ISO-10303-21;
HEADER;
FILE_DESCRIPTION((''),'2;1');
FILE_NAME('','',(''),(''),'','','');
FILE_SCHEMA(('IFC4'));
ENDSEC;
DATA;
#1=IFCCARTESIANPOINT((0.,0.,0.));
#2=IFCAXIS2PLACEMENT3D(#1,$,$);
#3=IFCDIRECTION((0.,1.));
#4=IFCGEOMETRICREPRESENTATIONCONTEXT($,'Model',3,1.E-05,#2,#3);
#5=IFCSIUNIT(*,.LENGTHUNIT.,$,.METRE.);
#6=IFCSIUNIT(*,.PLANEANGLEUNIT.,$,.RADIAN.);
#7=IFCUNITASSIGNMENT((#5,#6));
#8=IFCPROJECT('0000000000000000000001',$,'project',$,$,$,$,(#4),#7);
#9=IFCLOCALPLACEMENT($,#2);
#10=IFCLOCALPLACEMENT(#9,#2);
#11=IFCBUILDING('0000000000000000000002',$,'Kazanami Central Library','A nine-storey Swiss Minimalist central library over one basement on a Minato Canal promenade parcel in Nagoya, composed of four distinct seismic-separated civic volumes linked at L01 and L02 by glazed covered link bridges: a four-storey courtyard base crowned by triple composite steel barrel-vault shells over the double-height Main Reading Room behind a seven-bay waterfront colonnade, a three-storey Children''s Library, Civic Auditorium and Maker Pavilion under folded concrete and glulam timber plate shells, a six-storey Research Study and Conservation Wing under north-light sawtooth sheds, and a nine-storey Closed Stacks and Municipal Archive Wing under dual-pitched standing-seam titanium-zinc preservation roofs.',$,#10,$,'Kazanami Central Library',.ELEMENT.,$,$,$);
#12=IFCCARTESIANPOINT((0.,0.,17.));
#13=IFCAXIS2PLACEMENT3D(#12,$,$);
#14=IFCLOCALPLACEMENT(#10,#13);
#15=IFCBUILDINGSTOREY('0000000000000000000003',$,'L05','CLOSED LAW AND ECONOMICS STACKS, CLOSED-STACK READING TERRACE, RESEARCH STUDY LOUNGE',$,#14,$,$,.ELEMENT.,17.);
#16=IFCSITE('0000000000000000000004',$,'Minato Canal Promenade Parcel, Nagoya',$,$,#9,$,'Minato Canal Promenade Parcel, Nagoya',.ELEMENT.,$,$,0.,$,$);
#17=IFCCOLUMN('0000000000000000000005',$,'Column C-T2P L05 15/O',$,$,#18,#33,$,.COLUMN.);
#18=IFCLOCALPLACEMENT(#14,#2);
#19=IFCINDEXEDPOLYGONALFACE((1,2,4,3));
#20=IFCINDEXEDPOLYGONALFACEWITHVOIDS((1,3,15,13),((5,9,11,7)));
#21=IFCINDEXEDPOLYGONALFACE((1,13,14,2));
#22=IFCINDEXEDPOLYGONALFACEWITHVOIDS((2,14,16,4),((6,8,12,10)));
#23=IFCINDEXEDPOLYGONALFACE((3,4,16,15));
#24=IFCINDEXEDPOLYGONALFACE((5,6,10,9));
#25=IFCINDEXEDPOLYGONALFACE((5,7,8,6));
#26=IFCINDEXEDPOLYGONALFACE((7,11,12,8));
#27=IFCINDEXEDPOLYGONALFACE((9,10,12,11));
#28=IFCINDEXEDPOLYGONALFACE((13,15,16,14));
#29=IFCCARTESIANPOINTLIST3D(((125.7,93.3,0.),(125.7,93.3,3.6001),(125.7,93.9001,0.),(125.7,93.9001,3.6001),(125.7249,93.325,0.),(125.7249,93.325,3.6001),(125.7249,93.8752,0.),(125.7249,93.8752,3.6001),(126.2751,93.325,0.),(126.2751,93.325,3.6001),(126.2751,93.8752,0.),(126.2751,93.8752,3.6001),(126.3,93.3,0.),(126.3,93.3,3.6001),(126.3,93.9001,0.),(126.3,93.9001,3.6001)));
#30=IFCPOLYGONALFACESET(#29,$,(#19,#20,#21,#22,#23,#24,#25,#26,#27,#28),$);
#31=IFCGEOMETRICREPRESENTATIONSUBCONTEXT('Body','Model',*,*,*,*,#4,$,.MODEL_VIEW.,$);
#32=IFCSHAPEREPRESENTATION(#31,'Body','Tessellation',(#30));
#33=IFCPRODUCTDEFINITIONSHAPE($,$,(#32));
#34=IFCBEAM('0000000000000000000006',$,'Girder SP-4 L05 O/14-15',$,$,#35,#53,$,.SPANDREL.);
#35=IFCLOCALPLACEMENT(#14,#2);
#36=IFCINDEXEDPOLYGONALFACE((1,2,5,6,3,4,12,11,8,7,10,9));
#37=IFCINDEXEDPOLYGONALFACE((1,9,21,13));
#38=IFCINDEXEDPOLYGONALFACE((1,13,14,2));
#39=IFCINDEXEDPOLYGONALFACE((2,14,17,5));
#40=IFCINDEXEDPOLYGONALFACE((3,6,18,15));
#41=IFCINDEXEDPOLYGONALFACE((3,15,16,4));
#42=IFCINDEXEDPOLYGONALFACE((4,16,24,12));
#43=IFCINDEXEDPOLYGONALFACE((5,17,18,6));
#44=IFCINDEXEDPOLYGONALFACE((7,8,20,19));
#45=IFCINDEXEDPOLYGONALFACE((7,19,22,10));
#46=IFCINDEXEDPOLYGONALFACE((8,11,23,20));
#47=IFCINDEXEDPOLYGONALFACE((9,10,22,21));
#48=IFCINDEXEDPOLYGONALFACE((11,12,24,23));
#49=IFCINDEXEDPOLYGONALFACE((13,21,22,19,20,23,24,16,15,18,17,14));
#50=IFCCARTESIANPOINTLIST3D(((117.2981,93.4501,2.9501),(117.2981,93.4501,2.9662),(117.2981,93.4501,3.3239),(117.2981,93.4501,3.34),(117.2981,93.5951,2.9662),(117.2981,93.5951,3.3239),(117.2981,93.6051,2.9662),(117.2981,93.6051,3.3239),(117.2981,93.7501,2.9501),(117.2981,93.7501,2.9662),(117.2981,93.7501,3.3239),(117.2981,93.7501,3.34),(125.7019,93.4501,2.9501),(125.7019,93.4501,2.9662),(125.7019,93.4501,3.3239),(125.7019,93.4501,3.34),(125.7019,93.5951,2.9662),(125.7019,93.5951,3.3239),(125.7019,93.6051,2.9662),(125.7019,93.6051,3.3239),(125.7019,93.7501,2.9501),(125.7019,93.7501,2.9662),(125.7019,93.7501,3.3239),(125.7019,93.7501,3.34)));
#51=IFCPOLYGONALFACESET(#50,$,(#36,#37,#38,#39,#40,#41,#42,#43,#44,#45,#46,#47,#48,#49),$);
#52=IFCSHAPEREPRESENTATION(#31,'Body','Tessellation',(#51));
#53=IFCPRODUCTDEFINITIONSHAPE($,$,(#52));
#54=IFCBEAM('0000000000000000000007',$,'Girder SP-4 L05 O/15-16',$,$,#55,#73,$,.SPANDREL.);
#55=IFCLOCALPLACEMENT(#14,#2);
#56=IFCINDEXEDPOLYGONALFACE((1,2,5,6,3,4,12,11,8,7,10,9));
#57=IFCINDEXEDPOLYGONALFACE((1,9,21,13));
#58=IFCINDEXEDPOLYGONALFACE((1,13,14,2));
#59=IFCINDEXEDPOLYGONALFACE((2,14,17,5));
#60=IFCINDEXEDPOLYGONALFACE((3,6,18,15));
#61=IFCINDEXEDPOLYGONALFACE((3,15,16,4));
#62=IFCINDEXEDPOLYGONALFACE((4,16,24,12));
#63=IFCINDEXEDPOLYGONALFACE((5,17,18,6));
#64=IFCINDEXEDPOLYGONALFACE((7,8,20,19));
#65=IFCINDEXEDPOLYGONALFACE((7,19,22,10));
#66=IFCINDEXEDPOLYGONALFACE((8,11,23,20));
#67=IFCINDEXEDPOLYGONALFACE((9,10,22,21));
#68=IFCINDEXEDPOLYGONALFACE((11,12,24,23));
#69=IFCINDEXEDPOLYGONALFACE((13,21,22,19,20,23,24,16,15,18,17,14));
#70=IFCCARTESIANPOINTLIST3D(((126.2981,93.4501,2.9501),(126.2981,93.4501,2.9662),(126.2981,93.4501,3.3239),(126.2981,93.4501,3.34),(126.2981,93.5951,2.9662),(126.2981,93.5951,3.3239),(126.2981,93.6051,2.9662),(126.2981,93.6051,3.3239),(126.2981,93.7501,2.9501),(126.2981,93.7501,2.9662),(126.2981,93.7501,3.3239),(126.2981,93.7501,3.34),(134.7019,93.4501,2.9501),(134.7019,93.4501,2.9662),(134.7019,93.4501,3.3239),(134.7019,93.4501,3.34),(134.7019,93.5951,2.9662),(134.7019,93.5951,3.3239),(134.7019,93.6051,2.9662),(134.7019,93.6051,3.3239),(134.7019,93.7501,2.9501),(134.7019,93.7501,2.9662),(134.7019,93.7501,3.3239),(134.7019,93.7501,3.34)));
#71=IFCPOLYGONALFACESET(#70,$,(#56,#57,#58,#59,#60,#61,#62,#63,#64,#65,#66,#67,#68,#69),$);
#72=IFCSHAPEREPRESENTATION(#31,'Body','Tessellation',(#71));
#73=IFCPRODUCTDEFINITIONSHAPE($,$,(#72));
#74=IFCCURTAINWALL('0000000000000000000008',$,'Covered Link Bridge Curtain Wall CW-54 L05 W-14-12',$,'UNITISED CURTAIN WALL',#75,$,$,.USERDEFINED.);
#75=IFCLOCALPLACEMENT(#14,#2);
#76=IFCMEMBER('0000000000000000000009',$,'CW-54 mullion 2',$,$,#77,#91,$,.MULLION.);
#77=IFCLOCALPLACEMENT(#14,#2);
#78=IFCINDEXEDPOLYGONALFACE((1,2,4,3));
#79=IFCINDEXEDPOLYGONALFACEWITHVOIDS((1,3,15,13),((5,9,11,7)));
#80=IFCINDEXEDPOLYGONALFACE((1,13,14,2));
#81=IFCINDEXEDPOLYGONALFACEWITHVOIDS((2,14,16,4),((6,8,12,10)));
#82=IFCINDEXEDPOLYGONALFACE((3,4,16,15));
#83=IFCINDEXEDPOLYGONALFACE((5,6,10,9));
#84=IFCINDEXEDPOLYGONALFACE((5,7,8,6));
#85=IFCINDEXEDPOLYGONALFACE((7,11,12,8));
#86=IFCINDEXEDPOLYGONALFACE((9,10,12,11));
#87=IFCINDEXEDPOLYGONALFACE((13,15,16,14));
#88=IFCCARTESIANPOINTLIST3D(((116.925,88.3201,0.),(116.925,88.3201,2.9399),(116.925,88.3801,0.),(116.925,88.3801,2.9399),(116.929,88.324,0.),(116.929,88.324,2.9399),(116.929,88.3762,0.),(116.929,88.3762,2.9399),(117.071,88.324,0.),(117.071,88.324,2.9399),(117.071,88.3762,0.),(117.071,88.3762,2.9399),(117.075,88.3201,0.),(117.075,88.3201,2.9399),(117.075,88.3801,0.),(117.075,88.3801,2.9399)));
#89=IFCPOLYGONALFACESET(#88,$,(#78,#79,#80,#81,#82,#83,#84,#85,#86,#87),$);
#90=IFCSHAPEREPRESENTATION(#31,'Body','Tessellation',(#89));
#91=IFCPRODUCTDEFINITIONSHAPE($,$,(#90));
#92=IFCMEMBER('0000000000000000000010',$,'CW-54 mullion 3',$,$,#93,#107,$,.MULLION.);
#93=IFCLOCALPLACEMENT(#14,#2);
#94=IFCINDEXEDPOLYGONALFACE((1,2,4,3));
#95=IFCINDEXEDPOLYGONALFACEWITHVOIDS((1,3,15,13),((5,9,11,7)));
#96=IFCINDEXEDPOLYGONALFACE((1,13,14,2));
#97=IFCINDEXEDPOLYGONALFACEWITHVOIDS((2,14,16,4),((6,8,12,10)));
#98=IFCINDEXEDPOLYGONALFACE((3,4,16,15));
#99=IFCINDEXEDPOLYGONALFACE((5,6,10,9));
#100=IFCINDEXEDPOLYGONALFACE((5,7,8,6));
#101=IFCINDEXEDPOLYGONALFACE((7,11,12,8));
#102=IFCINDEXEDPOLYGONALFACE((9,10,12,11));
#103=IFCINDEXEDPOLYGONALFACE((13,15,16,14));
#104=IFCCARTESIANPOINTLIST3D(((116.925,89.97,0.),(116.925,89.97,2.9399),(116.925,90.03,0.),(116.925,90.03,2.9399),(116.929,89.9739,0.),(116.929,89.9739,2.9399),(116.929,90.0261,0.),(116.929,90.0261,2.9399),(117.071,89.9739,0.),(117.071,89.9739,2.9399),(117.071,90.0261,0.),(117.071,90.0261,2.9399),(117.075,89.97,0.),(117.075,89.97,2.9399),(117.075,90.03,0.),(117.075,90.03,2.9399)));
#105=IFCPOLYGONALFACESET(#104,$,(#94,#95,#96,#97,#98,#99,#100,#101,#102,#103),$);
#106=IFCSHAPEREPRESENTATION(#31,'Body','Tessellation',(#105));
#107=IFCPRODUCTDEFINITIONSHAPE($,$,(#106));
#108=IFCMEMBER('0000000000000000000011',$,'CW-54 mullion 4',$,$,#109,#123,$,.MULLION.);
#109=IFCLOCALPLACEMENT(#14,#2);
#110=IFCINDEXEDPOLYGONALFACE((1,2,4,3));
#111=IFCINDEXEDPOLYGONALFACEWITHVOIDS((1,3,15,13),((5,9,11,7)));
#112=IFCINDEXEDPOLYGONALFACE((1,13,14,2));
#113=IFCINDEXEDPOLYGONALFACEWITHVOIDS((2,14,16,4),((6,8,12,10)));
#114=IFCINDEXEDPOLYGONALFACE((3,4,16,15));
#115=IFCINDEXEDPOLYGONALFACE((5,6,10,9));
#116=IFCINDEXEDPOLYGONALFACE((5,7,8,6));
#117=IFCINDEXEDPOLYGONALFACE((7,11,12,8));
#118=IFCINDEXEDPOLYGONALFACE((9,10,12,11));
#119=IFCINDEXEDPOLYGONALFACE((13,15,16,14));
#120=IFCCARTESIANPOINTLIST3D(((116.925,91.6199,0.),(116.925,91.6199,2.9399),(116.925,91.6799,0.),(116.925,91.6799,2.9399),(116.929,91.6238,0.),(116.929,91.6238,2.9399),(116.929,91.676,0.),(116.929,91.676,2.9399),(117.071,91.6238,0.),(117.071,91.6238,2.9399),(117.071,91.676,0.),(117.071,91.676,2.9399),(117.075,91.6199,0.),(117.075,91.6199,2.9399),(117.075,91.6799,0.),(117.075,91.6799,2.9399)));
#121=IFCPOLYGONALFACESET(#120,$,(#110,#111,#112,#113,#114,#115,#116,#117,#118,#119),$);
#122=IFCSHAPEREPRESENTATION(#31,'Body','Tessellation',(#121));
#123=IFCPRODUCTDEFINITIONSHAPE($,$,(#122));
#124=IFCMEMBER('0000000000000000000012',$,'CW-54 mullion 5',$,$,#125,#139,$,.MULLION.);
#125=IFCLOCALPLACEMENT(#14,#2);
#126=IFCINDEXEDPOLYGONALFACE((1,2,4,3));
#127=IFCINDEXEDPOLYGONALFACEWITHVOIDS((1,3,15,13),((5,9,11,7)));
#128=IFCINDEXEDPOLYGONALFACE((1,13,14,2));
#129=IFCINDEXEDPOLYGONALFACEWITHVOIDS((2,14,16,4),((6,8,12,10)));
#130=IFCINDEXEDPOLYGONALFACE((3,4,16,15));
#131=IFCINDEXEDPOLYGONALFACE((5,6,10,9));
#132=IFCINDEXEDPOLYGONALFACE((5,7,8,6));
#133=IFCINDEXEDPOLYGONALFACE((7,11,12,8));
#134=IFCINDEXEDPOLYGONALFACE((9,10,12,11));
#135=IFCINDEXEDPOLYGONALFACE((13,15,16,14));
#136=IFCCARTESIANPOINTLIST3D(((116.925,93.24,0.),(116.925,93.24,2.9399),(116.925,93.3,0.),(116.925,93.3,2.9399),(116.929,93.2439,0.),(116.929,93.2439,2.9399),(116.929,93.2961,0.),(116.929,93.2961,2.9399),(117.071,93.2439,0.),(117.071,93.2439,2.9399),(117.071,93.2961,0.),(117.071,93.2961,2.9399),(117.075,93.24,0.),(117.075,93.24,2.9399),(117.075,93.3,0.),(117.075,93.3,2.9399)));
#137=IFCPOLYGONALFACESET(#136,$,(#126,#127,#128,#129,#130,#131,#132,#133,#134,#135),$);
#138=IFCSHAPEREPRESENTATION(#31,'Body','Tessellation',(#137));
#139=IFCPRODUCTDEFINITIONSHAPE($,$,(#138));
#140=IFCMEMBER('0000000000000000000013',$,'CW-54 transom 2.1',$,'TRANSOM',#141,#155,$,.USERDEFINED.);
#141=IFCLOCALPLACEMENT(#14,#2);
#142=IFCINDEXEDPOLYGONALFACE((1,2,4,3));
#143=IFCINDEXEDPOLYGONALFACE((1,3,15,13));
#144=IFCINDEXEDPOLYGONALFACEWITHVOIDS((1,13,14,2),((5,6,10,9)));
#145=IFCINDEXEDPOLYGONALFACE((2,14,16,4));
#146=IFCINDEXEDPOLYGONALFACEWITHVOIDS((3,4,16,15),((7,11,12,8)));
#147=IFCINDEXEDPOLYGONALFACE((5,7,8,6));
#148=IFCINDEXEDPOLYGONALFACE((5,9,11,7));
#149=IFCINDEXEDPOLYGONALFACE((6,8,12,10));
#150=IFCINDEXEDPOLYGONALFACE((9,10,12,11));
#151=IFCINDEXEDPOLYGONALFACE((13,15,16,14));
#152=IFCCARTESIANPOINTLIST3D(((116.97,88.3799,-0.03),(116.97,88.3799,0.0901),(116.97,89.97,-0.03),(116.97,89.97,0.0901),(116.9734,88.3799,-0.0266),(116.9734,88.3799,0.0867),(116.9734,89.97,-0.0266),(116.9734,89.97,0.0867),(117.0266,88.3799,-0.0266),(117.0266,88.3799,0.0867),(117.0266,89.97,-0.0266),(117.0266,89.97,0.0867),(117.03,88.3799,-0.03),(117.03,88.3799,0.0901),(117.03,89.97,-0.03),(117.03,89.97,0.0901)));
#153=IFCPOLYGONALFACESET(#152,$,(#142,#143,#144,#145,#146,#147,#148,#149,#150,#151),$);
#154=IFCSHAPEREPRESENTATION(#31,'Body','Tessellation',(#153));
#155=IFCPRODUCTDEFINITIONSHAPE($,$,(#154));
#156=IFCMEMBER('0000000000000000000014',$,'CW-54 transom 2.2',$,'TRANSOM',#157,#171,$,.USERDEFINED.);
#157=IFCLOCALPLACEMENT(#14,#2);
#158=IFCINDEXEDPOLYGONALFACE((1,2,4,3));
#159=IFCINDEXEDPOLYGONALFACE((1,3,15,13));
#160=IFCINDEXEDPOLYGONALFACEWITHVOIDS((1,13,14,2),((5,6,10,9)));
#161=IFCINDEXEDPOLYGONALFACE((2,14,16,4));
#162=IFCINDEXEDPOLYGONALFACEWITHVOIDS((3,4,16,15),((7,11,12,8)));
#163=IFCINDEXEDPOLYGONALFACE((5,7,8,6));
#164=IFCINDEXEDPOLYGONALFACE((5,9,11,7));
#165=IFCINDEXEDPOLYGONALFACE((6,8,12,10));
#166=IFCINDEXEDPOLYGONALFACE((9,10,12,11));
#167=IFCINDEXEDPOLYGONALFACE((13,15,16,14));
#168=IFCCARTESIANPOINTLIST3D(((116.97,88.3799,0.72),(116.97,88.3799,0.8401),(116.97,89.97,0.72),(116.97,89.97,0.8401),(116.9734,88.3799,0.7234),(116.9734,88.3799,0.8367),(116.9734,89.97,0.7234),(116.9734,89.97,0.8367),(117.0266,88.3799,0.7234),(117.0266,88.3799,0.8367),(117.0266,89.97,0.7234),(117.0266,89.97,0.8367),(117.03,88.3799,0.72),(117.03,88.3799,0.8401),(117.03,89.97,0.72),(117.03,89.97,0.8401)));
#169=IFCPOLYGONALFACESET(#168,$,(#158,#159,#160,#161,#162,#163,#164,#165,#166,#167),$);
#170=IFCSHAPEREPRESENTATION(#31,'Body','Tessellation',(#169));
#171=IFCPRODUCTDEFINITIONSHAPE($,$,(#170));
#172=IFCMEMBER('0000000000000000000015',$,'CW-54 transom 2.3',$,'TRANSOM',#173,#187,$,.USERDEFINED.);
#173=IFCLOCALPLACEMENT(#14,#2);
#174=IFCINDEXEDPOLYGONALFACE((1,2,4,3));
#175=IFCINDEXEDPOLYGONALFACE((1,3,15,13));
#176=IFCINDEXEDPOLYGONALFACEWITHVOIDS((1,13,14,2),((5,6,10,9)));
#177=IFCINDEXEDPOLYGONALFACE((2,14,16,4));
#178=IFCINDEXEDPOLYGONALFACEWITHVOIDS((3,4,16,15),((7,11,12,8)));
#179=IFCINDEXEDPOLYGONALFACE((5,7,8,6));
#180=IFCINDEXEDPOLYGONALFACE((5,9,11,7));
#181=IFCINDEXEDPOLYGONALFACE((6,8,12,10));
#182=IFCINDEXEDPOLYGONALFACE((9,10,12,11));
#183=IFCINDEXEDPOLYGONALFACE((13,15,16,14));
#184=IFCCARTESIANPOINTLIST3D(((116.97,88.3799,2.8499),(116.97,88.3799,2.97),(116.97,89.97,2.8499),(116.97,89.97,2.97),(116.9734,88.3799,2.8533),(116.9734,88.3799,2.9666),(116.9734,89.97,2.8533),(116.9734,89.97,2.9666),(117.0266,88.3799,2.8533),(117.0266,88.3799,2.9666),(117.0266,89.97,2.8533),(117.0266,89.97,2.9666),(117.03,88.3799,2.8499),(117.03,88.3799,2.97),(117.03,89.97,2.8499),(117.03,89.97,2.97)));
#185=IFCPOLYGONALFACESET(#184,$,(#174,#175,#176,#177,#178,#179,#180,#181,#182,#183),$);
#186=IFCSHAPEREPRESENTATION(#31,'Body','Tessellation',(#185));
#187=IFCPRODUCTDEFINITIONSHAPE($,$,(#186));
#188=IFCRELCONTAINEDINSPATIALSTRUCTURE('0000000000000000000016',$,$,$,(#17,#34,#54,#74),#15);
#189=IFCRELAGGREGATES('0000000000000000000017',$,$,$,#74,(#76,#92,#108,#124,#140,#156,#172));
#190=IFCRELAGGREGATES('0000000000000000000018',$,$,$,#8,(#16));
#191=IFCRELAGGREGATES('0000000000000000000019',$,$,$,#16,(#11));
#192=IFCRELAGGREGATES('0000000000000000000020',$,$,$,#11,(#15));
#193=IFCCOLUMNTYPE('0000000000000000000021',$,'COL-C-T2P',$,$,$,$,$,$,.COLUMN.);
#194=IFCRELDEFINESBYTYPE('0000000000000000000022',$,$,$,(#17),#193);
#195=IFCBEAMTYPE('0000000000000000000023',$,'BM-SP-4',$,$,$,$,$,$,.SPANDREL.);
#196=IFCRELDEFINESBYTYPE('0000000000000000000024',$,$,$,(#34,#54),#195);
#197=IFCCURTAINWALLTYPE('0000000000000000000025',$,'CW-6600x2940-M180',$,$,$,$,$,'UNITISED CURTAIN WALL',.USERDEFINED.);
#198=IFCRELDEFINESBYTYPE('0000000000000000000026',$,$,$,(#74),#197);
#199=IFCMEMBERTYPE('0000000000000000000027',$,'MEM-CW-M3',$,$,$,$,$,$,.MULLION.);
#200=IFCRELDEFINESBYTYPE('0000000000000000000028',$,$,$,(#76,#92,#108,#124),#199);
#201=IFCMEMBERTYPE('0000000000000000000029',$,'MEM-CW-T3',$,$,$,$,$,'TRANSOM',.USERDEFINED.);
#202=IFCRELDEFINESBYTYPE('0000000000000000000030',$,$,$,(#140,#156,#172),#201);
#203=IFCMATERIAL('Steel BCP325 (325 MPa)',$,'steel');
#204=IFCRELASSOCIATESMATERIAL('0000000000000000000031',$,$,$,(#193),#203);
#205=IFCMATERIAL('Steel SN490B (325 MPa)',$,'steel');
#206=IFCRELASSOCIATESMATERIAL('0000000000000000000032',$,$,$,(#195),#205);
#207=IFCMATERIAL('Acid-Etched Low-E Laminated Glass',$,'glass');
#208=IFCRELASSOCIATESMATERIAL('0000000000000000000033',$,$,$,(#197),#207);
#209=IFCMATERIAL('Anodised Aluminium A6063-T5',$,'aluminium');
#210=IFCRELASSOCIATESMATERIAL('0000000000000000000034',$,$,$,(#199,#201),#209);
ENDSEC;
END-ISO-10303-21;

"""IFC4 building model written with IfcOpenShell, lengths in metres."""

from ifc_helpers import new_model, si_unit, direction, frame, origin, origin_2d, place, context, subcontext, project, spatial, hollow_rectangle, i_section, extrude, material, material_profile, profile_set, type_object, element, aggregate, save


model = new_model("IFC4")

# Units and contexts
model_context = context("Model", 3, precision=1e-05, world=origin(), true_north=direction((0.0, 1.0)))
body_context = subcontext(model_context, "Body", "Model", "MODEL_VIEW")
ifc_project = project(units=[si_unit("LENGTHUNIT", "METRE"), si_unit("PLANEANGLEUNIT", "RADIAN")], contexts=[model_context])

# Site, building, storey
site_placement = place(None, origin())
site = spatial("IfcSite", under=ifc_project, at=site_placement, Name="Minato Canal Promenade Parcel, Nagoya", LongName="Minato Canal Promenade Parcel, Nagoya", CompositionType="ELEMENT", RefElevation=0.0)
building_placement = place(site_placement, origin())
building = spatial("IfcBuilding", under=site, at=building_placement, Name="Kazanami Central Library", Description="A nine-storey Swiss Minimalist central library over one basement on a Minato Canal promenade parcel in Nagoya, composed of four distinct seismic-separated civic volumes linked at L01 and L02 by glazed covered link bridges: a four-storey courtyard base crowned by triple composite steel barrel-vault shells over the double-height Main Reading Room behind a seven-bay waterfront colonnade, a three-storey Children's Library, Civic Auditorium and Maker Pavilion under folded concrete and glulam timber plate shells, a six-storey Research Study and Conservation Wing under north-light sawtooth sheds, and a nine-storey Closed Stacks and Municipal Archive Wing under dual-pitched standing-seam titanium-zinc preservation roofs.", LongName="Kazanami Central Library", CompositionType="ELEMENT")
storey_placement = place(building_placement, frame((0.0, 0.0, 17.0)))
storey = spatial("IfcBuildingStorey", under=building, at=storey_placement, Name="L05", Description="CLOSED LAW AND ECONOMICS STACKS, CLOSED-STACK READING TERRACE, RESEARCH STUDY LOUNGE", CompositionType="ELEMENT", Elevation=17.0)

# Column
ifc_material_1 = material(Name="Steel BCP325 (325 MPa)", Category="steel")
ifc_material_profile_1 = material_profile(ifc_material_1, hollow_rectangle(XDim=0.6001, YDim=0.6001, WallThickness=0.0249, at=origin_2d()), Name="BCP-600x600x25")
ifc_profile_set_1 = profile_set([ifc_material_profile_1], Name="Steel BCP325 (325 MPa)")
column_type = type_object("IfcColumnType", Name="COL-C-T2P", PredefinedType="COLUMN", material=ifc_profile_set_1)
column_placement = place(storey_placement, frame((126.0, 93.6001, 0.0), z_axis=(0.0, 0.0, 1.0), x_axis=(1.0, 0.0, 0.0)))
element("IfcColumn", 1, at=column_placement, inside=storey, type_object=column_type, Name="Column C-T2P L05 15/O", PredefinedType="COLUMN", context=body_context, shape_type="SweptSolid", body=[
    extrude(hollow_rectangle(XDim=0.6001, YDim=0.6001, WallThickness=0.0249, at=origin_2d()), origin(), (0.0, 0.0, 1.0), 3.6001),
])

# Beams
ifc_material_2 = material(Name="Steel SN490B (325 MPa)", Category="steel")
ifc_material_profile_2 = material_profile(ifc_material_2, i_section(OverallWidth=0.3, OverallDepth=0.3899, WebThickness=0.01, FlangeThickness=0.0161, at=origin_2d()), Name="H-390x300x10x16")
ifc_profile_set_2 = profile_set([ifc_material_profile_2], Name="Steel SN490B (325 MPa)")
beam_type = type_object("IfcBeamType", Name="BM-SP-4", PredefinedType="SPANDREL", material=ifc_profile_set_2)
for number, where, z_axis, x_axis, name in (
    (2, (117.2981, 93.6001, 3.145), (1.0, 0.0, 0.0), (0.0, 1.0, 0.0), "Girder SP-4 L05 O/14-15"),
    (3, (126.2981, 93.6001, 3.145), (1.0, 0.0, 0.0), (0.0, 1.0, 0.0), "Girder SP-4 L05 O/15-16"),
):
    element("IfcBeam", number, at=place(storey_placement, frame(where, z_axis=z_axis, x_axis=x_axis)), inside=storey, type_object=beam_type, Name=name, PredefinedType="SPANDREL", context=body_context, shape_type="SweptSolid", body=[
        extrude(i_section(OverallWidth=0.3, OverallDepth=0.3899, WebThickness=0.01, FlangeThickness=0.0161, at=origin_2d()), origin(), (0.0, 0.0, 1.0), 8.4038),
    ])

# Curtain wall, members
ifc_material_3 = material(Name="Acid-Etched Low-E Laminated Glass", Category="glass")
curtain_wall_type = type_object("IfcCurtainWallType", Name="CW-6600x2940-M180", ElementType="UNITISED CURTAIN WALL", PredefinedType="USERDEFINED", material=ifc_material_3)
curtain_wall_placement = place(storey_placement, origin())
curtain_wall = element("IfcCurtainWall", 4, at=curtain_wall_placement, inside=storey, type_object=curtain_wall_type, Name="Covered Link Bridge Curtain Wall CW-54 L05 W-14-12", ObjectType="UNITISED CURTAIN WALL", PredefinedType="USERDEFINED")
ifc_material_4 = material(Name="Anodised Aluminium A6063-T5", Category="aluminium")
ifc_material_profile_3 = material_profile(ifc_material_4, hollow_rectangle(XDim=0.0601, YDim=0.1499, WallThickness=0.0039, at=origin_2d()), Name="ALU-MULL-60x150x4")
ifc_profile_set_3 = profile_set([ifc_material_profile_3], Name="Anodised Aluminium A6063-T5")
member_type_1 = type_object("IfcMemberType", Name="MEM-CW-M3", PredefinedType="MULLION", material=ifc_profile_set_3)
member_1_placement = place(storey_placement, frame((117.0, 88.3501, 0.0), z_axis=(0.0, 0.0, 1.0), x_axis=(0.0, 1.0, 0.0)))
member_1 = element("IfcMember", 5, at=member_1_placement, type_object=member_type_1, Name="CW-54 mullion 2", PredefinedType="MULLION", context=body_context, shape_type="SweptSolid", body=[
    extrude(hollow_rectangle(XDim=0.0601, YDim=0.1499, WallThickness=0.0039, at=origin_2d()), origin(), (0.0, 0.0, 1.0), 2.9399),
])
member_2_placement = place(storey_placement, frame((117.0, 90.0, 0.0), z_axis=(0.0, 0.0, 1.0), x_axis=(0.0, 1.0, 0.0)))
member_2 = element("IfcMember", 6, at=member_2_placement, type_object=member_type_1, Name="CW-54 mullion 3", PredefinedType="MULLION", context=body_context, shape_type="SweptSolid", body=[
    extrude(hollow_rectangle(XDim=0.0601, YDim=0.1499, WallThickness=0.0039, at=origin_2d()), origin(), (0.0, 0.0, 1.0), 2.9399),
])
member_3_placement = place(storey_placement, frame((117.0, 91.6499, 0.0), z_axis=(0.0, 0.0, 1.0), x_axis=(0.0, 1.0, 0.0)))
member_3 = element("IfcMember", 7, at=member_3_placement, type_object=member_type_1, Name="CW-54 mullion 4", PredefinedType="MULLION", context=body_context, shape_type="SweptSolid", body=[
    extrude(hollow_rectangle(XDim=0.0601, YDim=0.1499, WallThickness=0.0039, at=origin_2d()), origin(), (0.0, 0.0, 1.0), 2.9399),
])
member_4_placement = place(storey_placement, frame((117.0, 93.27, 0.0), z_axis=(0.0, 0.0, 1.0), x_axis=(0.0, 1.0, 0.0)))
member_4 = element("IfcMember", 8, at=member_4_placement, type_object=member_type_1, Name="CW-54 mullion 5", PredefinedType="MULLION", context=body_context, shape_type="SweptSolid", body=[
    extrude(hollow_rectangle(XDim=0.0601, YDim=0.1499, WallThickness=0.0039, at=origin_2d()), origin(), (0.0, 0.0, 1.0), 2.9399),
])
ifc_material_profile_4 = material_profile(ifc_material_4, hollow_rectangle(XDim=0.0601, YDim=0.1201, WallThickness=0.0034, at=origin_2d()), Name="ALU-TRAN-60x120x3.5")
ifc_profile_set_4 = profile_set([ifc_material_profile_4], Name="Anodised Aluminium A6063-T5")
member_type_2 = type_object("IfcMemberType", Name="MEM-CW-T3", ElementType="TRANSOM", PredefinedType="USERDEFINED", material=ifc_profile_set_4)
member_5_placement = place(storey_placement, frame((117.0, 88.3799, 0.03), z_axis=(0.0, 1.0, 0.0), x_axis=(-1.0, 0.0, 0.0)))
member_5 = element("IfcMember", 9, at=member_5_placement, type_object=member_type_2, Name="CW-54 transom 2.1", ObjectType="TRANSOM", PredefinedType="USERDEFINED", context=body_context, shape_type="SweptSolid", body=[
    extrude(hollow_rectangle(XDim=0.0601, YDim=0.1201, WallThickness=0.0034, at=origin_2d()), origin(), (0.0, 0.0, 1.0), 1.5901),
])
member_6_placement = place(storey_placement, frame((117.0, 88.3799, 0.78), z_axis=(0.0, 1.0, 0.0), x_axis=(-1.0, 0.0, 0.0)))
member_6 = element("IfcMember", 10, at=member_6_placement, type_object=member_type_2, Name="CW-54 transom 2.2", ObjectType="TRANSOM", PredefinedType="USERDEFINED", context=body_context, shape_type="SweptSolid", body=[
    extrude(hollow_rectangle(XDim=0.0601, YDim=0.1201, WallThickness=0.0034, at=origin_2d()), origin(), (0.0, 0.0, 1.0), 1.5901),
])
member_7_placement = place(storey_placement, frame((117.0, 88.3799, 2.9099), z_axis=(0.0, 1.0, 0.0), x_axis=(-1.0, 0.0, 0.0)))
member_7 = element("IfcMember", 11, at=member_7_placement, type_object=member_type_2, Name="CW-54 transom 2.3", ObjectType="TRANSOM", PredefinedType="USERDEFINED", context=body_context, shape_type="SweptSolid", body=[
    extrude(hollow_rectangle(XDim=0.0601, YDim=0.1201, WallThickness=0.0034, at=origin_2d()), origin(), (0.0, 0.0, 1.0), 1.5901),
])
aggregate(curtain_wall, [member_1, member_2, member_3, member_4, member_5, member_6, member_7])

save(model, "model.ifc")
